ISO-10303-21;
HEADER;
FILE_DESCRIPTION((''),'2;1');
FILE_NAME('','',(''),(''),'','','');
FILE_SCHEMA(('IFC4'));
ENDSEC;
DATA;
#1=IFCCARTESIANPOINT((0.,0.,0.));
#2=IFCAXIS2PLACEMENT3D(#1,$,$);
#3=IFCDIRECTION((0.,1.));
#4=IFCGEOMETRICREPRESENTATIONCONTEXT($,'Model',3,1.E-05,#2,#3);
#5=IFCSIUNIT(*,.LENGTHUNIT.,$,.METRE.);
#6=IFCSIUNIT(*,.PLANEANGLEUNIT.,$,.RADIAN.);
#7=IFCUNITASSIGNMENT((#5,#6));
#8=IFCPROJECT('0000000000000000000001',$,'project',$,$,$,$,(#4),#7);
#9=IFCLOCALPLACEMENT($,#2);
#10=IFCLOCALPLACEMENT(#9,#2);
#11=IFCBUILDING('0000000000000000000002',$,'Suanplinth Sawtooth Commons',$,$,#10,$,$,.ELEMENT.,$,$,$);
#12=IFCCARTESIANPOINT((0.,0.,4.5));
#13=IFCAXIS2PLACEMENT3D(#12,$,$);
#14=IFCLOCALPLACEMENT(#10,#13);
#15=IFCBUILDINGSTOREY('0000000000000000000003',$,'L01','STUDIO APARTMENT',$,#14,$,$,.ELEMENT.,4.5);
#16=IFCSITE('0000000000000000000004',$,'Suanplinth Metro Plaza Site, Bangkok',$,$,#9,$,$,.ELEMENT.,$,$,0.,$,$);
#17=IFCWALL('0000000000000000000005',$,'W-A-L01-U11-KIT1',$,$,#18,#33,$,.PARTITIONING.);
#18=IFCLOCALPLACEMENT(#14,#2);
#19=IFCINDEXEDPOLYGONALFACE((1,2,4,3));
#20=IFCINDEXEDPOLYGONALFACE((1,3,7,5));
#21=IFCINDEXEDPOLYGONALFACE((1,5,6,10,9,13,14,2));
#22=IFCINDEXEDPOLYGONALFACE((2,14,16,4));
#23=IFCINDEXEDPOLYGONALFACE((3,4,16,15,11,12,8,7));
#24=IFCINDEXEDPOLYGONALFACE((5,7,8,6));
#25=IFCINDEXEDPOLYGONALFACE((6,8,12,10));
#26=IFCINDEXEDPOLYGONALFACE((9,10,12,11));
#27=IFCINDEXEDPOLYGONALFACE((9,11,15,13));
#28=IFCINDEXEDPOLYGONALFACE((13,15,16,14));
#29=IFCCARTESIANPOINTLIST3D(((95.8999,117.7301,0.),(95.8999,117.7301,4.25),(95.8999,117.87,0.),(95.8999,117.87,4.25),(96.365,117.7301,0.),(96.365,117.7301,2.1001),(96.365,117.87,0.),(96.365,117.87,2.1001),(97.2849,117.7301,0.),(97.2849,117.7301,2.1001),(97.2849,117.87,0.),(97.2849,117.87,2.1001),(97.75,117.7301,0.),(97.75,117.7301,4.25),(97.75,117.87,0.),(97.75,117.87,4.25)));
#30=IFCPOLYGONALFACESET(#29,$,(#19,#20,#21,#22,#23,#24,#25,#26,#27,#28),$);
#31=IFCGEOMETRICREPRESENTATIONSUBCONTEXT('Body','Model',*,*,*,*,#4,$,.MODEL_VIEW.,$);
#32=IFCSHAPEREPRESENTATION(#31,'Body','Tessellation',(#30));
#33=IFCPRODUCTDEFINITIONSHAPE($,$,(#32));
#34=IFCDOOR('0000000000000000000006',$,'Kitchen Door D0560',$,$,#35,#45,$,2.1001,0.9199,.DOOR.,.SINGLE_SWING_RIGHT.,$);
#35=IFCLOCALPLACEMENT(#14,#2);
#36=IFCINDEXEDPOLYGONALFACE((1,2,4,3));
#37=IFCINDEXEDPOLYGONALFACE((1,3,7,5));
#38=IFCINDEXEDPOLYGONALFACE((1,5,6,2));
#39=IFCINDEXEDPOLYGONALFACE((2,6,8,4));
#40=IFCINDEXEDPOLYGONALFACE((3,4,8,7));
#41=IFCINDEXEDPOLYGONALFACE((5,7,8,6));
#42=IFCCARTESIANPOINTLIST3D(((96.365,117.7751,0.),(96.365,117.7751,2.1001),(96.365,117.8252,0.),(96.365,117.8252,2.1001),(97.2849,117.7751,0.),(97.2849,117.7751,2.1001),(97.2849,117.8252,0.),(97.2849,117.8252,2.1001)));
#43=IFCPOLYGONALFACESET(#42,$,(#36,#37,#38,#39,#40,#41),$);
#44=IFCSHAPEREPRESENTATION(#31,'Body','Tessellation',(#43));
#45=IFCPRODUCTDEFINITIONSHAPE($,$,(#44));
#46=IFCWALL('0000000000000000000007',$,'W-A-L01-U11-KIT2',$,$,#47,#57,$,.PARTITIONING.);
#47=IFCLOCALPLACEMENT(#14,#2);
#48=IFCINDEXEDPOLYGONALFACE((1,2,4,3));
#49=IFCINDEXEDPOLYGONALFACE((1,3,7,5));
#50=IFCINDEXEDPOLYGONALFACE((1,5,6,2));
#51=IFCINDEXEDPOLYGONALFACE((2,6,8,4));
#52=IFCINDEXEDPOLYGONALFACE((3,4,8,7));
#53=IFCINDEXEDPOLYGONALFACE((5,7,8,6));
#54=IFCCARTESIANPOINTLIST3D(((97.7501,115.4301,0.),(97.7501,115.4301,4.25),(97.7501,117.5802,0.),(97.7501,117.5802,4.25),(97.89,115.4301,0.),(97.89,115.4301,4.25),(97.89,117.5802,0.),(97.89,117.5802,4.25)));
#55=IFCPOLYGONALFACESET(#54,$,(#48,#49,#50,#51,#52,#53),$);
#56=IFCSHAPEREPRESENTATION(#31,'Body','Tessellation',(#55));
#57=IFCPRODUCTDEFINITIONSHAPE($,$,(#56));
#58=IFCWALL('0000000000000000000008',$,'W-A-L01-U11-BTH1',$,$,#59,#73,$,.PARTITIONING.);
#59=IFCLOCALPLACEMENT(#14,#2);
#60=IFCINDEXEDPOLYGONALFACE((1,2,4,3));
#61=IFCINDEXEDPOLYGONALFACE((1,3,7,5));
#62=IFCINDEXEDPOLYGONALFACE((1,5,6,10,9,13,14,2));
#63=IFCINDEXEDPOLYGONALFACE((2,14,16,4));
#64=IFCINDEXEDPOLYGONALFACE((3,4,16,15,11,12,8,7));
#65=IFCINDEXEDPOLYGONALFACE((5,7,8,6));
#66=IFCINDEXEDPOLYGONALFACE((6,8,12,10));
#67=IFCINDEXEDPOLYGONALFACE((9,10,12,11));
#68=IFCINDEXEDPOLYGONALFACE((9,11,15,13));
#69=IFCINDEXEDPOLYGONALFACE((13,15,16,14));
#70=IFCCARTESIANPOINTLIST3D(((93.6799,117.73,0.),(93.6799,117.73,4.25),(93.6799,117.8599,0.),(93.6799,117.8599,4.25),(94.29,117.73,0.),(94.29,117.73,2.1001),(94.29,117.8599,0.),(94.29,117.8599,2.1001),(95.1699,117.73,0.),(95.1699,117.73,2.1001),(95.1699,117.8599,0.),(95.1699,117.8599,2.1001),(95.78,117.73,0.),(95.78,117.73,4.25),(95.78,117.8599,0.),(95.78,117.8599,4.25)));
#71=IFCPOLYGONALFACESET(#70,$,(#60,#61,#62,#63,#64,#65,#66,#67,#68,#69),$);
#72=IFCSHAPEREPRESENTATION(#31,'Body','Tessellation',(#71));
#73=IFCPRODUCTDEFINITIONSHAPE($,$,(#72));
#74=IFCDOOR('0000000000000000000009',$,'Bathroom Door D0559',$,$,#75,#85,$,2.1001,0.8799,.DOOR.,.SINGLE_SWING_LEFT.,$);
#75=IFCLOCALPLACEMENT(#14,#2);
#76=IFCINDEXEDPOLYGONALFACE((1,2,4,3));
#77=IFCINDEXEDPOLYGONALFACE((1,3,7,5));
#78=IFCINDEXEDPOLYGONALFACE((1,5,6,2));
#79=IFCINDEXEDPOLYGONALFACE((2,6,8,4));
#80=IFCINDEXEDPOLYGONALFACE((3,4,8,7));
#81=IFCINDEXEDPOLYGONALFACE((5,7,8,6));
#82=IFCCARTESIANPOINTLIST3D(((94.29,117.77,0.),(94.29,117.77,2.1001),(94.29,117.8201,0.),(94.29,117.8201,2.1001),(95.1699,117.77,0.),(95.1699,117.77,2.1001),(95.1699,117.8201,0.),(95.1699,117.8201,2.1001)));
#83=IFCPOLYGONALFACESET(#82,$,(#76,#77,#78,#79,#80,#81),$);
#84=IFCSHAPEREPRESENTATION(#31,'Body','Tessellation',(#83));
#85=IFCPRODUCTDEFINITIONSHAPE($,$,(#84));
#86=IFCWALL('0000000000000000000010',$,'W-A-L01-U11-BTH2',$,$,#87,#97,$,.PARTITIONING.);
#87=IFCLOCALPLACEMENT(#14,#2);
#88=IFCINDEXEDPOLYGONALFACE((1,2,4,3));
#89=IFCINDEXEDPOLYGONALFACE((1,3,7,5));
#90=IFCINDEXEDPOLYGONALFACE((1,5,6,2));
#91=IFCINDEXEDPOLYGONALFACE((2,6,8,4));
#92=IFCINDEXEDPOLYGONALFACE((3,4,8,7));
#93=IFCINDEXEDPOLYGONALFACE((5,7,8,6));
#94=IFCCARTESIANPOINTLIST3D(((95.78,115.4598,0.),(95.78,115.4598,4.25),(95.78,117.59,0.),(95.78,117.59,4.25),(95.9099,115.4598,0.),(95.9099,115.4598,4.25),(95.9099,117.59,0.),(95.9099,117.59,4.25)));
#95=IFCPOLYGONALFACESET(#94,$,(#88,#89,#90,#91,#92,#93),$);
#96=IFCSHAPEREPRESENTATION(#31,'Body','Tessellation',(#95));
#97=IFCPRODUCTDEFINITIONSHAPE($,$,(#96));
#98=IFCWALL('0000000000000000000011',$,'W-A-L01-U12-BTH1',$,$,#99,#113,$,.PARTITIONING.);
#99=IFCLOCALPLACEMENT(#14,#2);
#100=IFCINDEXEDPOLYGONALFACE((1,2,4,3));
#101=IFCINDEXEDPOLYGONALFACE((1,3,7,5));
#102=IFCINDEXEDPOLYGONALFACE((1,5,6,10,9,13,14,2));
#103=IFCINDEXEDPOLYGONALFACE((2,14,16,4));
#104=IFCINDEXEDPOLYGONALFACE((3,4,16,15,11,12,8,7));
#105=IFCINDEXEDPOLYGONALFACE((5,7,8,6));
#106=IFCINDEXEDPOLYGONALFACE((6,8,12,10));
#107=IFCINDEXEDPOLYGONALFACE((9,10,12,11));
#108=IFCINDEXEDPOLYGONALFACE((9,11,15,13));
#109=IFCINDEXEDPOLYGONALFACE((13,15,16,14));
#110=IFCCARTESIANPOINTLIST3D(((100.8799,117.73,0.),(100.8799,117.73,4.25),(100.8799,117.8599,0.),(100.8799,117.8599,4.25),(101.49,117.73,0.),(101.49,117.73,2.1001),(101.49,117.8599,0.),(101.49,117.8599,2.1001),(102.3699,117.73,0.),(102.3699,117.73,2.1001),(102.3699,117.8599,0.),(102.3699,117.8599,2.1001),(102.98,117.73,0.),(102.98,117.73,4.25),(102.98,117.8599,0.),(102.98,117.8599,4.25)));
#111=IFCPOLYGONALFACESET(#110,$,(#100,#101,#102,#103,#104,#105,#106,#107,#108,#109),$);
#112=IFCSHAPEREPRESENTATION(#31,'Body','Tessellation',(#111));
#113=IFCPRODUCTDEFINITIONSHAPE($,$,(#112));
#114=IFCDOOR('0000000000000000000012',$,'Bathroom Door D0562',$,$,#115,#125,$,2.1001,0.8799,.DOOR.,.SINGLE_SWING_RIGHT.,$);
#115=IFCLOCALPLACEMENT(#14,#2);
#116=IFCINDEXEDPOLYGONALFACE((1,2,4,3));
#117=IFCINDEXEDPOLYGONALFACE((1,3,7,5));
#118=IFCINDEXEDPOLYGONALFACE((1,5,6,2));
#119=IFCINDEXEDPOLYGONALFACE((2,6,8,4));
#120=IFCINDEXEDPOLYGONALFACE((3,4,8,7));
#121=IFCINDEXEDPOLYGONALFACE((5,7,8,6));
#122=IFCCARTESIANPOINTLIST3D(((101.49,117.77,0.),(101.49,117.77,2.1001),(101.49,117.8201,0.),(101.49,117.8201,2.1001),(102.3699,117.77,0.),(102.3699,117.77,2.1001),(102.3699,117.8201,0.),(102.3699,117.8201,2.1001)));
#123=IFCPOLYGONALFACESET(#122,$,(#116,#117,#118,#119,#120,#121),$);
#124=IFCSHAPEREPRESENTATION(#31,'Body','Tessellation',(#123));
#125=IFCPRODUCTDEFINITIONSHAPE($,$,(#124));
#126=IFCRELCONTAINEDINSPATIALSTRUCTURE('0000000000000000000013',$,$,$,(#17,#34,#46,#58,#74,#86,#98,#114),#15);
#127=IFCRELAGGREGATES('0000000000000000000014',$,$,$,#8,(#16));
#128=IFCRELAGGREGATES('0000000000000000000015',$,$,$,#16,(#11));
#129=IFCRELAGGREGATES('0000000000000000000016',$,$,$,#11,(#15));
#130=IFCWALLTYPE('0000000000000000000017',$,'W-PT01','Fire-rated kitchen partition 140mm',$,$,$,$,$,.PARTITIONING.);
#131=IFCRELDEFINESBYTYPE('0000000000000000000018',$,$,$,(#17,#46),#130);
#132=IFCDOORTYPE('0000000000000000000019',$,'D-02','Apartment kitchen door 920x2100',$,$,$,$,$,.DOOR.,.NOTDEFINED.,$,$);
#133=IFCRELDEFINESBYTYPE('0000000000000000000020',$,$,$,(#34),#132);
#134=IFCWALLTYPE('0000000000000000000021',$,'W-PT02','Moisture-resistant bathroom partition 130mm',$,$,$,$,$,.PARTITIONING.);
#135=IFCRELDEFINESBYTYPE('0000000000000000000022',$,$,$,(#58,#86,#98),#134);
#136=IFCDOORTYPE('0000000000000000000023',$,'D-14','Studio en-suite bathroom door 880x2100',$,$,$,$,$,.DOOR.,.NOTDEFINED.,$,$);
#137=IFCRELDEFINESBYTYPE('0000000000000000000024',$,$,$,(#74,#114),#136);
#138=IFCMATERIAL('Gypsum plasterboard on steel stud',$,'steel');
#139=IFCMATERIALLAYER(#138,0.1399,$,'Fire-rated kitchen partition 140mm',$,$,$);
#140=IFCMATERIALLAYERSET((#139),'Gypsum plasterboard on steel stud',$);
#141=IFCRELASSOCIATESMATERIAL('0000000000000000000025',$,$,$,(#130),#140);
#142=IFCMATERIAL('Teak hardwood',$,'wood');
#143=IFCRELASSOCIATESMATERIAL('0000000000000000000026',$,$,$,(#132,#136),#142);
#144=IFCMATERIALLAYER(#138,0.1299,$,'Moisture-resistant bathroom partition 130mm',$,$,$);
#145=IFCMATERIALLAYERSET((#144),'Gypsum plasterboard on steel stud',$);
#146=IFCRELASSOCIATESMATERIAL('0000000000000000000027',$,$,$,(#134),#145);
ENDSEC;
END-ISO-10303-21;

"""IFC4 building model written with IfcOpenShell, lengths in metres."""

from ifc_helpers import new_model, si_unit, direction, frame, frame_2d, origin, place, context, subcontext, project, spatial, rectangle, extrude, material, layer, layer_set, type_object, element, fill, save


model = new_model("IFC4")

# Units and contexts
model_context = context("Model", 3, precision=1e-05, world=origin(), true_north=direction((0.0, 1.0)))
body_context = subcontext(model_context, "Body", "Model", "MODEL_VIEW")
ifc_project = project(units=[si_unit("LENGTHUNIT", "METRE"), si_unit("PLANEANGLEUNIT", "RADIAN")], contexts=[model_context])

# Site, building, storey
site_placement = place(None, origin())
site = spatial("IfcSite", under=ifc_project, at=site_placement, Name="Suanplinth Metro Plaza Site, Bangkok", CompositionType="ELEMENT", RefElevation=0.0)
building_placement = place(site_placement, origin())
building = spatial("IfcBuilding", under=site, at=building_placement, Name="Suanplinth Sawtooth Commons", CompositionType="ELEMENT")
storey_placement = place(building_placement, frame((0.0, 0.0, 4.5)))
storey = spatial("IfcBuildingStorey", under=building, at=storey_placement, Name="L01", Description="STUDIO APARTMENT", CompositionType="ELEMENT", Elevation=4.5)

# Wall, opening, door
ifc_material_1 = material(Name="Gypsum plasterboard on steel stud", Category="steel")
ifc_layer_1 = layer(ifc_material_1, 0.1399, Name="Fire-rated kitchen partition 140mm")
ifc_layer_set_1 = layer_set([ifc_layer_1], Name="Gypsum plasterboard on steel stud")
wall_type_1 = type_object("IfcWallType", Name="W-PT01", Description="Fire-rated kitchen partition 140mm", PredefinedType="PARTITIONING", material=ifc_layer_set_1)
wall_1_placement = place(storey_placement, frame((95.8999, 117.8, 0.0), z_axis=(0.0, 0.0, 1.0), x_axis=(1.0, 0.0, 0.0)))
wall_1 = element("IfcWall", 1, at=wall_1_placement, inside=storey, type_object=wall_type_1, Name="W-A-L01-U11-KIT1", PredefinedType="PARTITIONING", context=body_context, shape_type="SweptSolid", body=[
    extrude(rectangle(XDim=1.8501, YDim=0.1399, at=frame_2d((0.925, 0.0))), origin(), (0.0, 0.0, 1.0), 4.25),
])
opening_1_placement = place(wall_1_placement, frame((0.4651, 0.0, 0.0)))
opening_1 = element("IfcOpeningElement", 2, at=opening_1_placement, cuts=wall_1, PredefinedType="OPENING", context=body_context, shape_type="SweptSolid", body=[
    extrude(rectangle(XDim=0.9199, YDim=2.1001, at=frame_2d((0.46, 1.05))), frame((0.0, 0.085, 0.0), z_axis=(0.0, -1.0, 0.0), x_axis=(1.0, 0.0, 0.0)), (0.0, 0.0, 1.0), 0.1697),
])
ifc_material_2 = material(Name="Teak hardwood", Category="wood")
door_type_1 = type_object("IfcDoorType", Name="D-02", Description="Apartment kitchen door 920x2100", OperationType="NOTDEFINED", PredefinedType="DOOR", material=ifc_material_2)
door_1_placement = place(opening_1_placement, frame((0.9199, 0.0, 0.0), z_axis=(0.0, 0.0, 1.0), x_axis=(-1.0, 0.0, 0.0)))
door_1 = element("IfcDoor", 3, at=door_1_placement, inside=storey, type_object=door_type_1, Name="Kitchen Door D0560", OperationType="SINGLE_SWING_RIGHT", OverallHeight=2.1001, OverallWidth=0.9199, PredefinedType="DOOR", context=body_context, shape_type="SweptSolid", body=[
    extrude(rectangle(XDim=0.9199, YDim=2.1001, at=frame_2d((0.46, 1.05))), frame((0.0, 0.0249, 0.0), z_axis=(0.0, -1.0, 0.0), x_axis=(1.0, 0.0, 0.0)), (0.0, 0.0, 1.0), 0.05),
])
fill(opening_1, door_1)

# Wall
wall_2_placement = place(storey_placement, frame((97.8201, 115.4299, 0.0), z_axis=(0.0, 0.0, 1.0), x_axis=(0.0, 1.0, 0.0)))
element("IfcWall", 4, at=wall_2_placement, inside=storey, type_object=wall_type_1, Name="W-A-L01-U11-KIT2", PredefinedType="PARTITIONING", context=body_context, shape_type="SweptSolid", body=[
    extrude(rectangle(XDim=2.1501, YDim=0.1399, at=frame_2d((1.0752, 0.0))), origin(), (0.0, 0.0, 1.0), 4.25),
])

# Wall, opening, door
ifc_layer_2 = layer(ifc_material_1, 0.1299, Name="Moisture-resistant bathroom partition 130mm")
ifc_layer_set_2 = layer_set([ifc_layer_2], Name="Gypsum plasterboard on steel stud")
wall_type_2 = type_object("IfcWallType", Name="W-PT02", Description="Moisture-resistant bathroom partition 130mm", PredefinedType="PARTITIONING", material=ifc_layer_set_2)
wall_3_placement = place(storey_placement, frame((93.6799, 117.7949, 0.0), z_axis=(0.0, 0.0, 1.0), x_axis=(1.0, 0.0, 0.0)))
wall_3 = element("IfcWall", 5, at=wall_3_placement, inside=storey, type_object=wall_type_2, Name="W-A-L01-U11-BTH1", PredefinedType="PARTITIONING", context=body_context, shape_type="SweptSolid", body=[
    extrude(rectangle(XDim=2.1001, YDim=0.1299, at=frame_2d((1.05, 0.0))), origin(), (0.0, 0.0, 1.0), 4.25),
])
opening_2_placement = place(wall_3_placement, frame((0.6101, 0.0, 0.0)))
opening_2 = element("IfcOpeningElement", 6, at=opening_2_placement, cuts=wall_3, PredefinedType="OPENING", context=body_context, shape_type="SweptSolid", body=[
    extrude(rectangle(XDim=0.8799, YDim=2.1001, at=frame_2d((0.4399, 1.05))), frame((0.0, 0.0798, 0.0), z_axis=(0.0, -1.0, 0.0), x_axis=(1.0, 0.0, 0.0)), (0.0, 0.0, 1.0), 0.1597),
])
door_type_2 = type_object("IfcDoorType", Name="D-14", Description="Studio en-suite bathroom door 880x2100", OperationType="NOTDEFINED", PredefinedType="DOOR", material=ifc_material_2)
door_2_placement = place(opening_2_placement, frame((0.8799, 0.0, 0.0), z_axis=(0.0, 0.0, 1.0), x_axis=(-1.0, 0.0, 0.0)))
door_2 = element("IfcDoor", 7, at=door_2_placement, inside=storey, type_object=door_type_2, Name="Bathroom Door D0559", OperationType="SINGLE_SWING_LEFT", OverallHeight=2.1001, OverallWidth=0.8799, PredefinedType="DOOR", context=body_context, shape_type="SweptSolid", body=[
    extrude(rectangle(XDim=0.8799, YDim=2.1001, at=frame_2d((0.4399, 1.05))), frame((0.0, 0.0249, 0.0), z_axis=(0.0, -1.0, 0.0), x_axis=(1.0, 0.0, 0.0)), (0.0, 0.0, 1.0), 0.05),
])
fill(opening_2, door_2)

# Wall
wall_4_placement = place(storey_placement, frame((95.845, 115.46, 0.0), z_axis=(0.0, 0.0, 1.0), x_axis=(0.0, 1.0, 0.0)))
element("IfcWall", 8, at=wall_4_placement, inside=storey, type_object=wall_type_2, Name="W-A-L01-U11-BTH2", PredefinedType="PARTITIONING", context=body_context, shape_type="SweptSolid", body=[
    extrude(rectangle(XDim=2.1301, YDim=0.1299, at=frame_2d((1.0649, 0.0))), origin(), (0.0, 0.0, 1.0), 4.25),
])

# Wall, opening, door
wall_5_placement = place(storey_placement, frame((100.8799, 117.7949, 0.0), z_axis=(0.0, 0.0, 1.0), x_axis=(1.0, 0.0, 0.0)))
wall_5 = element("IfcWall", 9, at=wall_5_placement, inside=storey, type_object=wall_type_2, Name="W-A-L01-U12-BTH1", PredefinedType="PARTITIONING", context=body_context, shape_type="SweptSolid", body=[
    extrude(rectangle(XDim=2.1001, YDim=0.1299, at=frame_2d((1.05, 0.0))), origin(), (0.0, 0.0, 1.0), 4.25),
])
opening_3_placement = place(wall_5_placement, frame((0.6101, 0.0, 0.0)))
opening_3 = element("IfcOpeningElement", 10, at=opening_3_placement, cuts=wall_5, PredefinedType="OPENING", context=body_context, shape_type="SweptSolid", body=[
    extrude(rectangle(XDim=0.8799, YDim=2.1001, at=frame_2d((0.4399, 1.05))), frame((0.0, 0.0798, 0.0), z_axis=(0.0, -1.0, 0.0), x_axis=(1.0, 0.0, 0.0)), (0.0, 0.0, 1.0), 0.1597),
])
door_3_placement = place(opening_3_placement, frame((0.8799, 0.0, 0.0), z_axis=(0.0, 0.0, 1.0), x_axis=(-1.0, 0.0, 0.0)))
door_3 = element("IfcDoor", 11, at=door_3_placement, inside=storey, type_object=door_type_2, Name="Bathroom Door D0562", OperationType="SINGLE_SWING_RIGHT", OverallHeight=2.1001, OverallWidth=0.8799, PredefinedType="DOOR", context=body_context, shape_type="SweptSolid", body=[
    extrude(rectangle(XDim=0.8799, YDim=2.1001, at=frame_2d((0.4399, 1.05))), frame((0.0, 0.0249, 0.0), z_axis=(0.0, -1.0, 0.0), x_axis=(1.0, 0.0, 0.0)), (0.0, 0.0, 1.0), 0.05),
])
fill(opening_3, door_3)

save(model, "model.ifc")
